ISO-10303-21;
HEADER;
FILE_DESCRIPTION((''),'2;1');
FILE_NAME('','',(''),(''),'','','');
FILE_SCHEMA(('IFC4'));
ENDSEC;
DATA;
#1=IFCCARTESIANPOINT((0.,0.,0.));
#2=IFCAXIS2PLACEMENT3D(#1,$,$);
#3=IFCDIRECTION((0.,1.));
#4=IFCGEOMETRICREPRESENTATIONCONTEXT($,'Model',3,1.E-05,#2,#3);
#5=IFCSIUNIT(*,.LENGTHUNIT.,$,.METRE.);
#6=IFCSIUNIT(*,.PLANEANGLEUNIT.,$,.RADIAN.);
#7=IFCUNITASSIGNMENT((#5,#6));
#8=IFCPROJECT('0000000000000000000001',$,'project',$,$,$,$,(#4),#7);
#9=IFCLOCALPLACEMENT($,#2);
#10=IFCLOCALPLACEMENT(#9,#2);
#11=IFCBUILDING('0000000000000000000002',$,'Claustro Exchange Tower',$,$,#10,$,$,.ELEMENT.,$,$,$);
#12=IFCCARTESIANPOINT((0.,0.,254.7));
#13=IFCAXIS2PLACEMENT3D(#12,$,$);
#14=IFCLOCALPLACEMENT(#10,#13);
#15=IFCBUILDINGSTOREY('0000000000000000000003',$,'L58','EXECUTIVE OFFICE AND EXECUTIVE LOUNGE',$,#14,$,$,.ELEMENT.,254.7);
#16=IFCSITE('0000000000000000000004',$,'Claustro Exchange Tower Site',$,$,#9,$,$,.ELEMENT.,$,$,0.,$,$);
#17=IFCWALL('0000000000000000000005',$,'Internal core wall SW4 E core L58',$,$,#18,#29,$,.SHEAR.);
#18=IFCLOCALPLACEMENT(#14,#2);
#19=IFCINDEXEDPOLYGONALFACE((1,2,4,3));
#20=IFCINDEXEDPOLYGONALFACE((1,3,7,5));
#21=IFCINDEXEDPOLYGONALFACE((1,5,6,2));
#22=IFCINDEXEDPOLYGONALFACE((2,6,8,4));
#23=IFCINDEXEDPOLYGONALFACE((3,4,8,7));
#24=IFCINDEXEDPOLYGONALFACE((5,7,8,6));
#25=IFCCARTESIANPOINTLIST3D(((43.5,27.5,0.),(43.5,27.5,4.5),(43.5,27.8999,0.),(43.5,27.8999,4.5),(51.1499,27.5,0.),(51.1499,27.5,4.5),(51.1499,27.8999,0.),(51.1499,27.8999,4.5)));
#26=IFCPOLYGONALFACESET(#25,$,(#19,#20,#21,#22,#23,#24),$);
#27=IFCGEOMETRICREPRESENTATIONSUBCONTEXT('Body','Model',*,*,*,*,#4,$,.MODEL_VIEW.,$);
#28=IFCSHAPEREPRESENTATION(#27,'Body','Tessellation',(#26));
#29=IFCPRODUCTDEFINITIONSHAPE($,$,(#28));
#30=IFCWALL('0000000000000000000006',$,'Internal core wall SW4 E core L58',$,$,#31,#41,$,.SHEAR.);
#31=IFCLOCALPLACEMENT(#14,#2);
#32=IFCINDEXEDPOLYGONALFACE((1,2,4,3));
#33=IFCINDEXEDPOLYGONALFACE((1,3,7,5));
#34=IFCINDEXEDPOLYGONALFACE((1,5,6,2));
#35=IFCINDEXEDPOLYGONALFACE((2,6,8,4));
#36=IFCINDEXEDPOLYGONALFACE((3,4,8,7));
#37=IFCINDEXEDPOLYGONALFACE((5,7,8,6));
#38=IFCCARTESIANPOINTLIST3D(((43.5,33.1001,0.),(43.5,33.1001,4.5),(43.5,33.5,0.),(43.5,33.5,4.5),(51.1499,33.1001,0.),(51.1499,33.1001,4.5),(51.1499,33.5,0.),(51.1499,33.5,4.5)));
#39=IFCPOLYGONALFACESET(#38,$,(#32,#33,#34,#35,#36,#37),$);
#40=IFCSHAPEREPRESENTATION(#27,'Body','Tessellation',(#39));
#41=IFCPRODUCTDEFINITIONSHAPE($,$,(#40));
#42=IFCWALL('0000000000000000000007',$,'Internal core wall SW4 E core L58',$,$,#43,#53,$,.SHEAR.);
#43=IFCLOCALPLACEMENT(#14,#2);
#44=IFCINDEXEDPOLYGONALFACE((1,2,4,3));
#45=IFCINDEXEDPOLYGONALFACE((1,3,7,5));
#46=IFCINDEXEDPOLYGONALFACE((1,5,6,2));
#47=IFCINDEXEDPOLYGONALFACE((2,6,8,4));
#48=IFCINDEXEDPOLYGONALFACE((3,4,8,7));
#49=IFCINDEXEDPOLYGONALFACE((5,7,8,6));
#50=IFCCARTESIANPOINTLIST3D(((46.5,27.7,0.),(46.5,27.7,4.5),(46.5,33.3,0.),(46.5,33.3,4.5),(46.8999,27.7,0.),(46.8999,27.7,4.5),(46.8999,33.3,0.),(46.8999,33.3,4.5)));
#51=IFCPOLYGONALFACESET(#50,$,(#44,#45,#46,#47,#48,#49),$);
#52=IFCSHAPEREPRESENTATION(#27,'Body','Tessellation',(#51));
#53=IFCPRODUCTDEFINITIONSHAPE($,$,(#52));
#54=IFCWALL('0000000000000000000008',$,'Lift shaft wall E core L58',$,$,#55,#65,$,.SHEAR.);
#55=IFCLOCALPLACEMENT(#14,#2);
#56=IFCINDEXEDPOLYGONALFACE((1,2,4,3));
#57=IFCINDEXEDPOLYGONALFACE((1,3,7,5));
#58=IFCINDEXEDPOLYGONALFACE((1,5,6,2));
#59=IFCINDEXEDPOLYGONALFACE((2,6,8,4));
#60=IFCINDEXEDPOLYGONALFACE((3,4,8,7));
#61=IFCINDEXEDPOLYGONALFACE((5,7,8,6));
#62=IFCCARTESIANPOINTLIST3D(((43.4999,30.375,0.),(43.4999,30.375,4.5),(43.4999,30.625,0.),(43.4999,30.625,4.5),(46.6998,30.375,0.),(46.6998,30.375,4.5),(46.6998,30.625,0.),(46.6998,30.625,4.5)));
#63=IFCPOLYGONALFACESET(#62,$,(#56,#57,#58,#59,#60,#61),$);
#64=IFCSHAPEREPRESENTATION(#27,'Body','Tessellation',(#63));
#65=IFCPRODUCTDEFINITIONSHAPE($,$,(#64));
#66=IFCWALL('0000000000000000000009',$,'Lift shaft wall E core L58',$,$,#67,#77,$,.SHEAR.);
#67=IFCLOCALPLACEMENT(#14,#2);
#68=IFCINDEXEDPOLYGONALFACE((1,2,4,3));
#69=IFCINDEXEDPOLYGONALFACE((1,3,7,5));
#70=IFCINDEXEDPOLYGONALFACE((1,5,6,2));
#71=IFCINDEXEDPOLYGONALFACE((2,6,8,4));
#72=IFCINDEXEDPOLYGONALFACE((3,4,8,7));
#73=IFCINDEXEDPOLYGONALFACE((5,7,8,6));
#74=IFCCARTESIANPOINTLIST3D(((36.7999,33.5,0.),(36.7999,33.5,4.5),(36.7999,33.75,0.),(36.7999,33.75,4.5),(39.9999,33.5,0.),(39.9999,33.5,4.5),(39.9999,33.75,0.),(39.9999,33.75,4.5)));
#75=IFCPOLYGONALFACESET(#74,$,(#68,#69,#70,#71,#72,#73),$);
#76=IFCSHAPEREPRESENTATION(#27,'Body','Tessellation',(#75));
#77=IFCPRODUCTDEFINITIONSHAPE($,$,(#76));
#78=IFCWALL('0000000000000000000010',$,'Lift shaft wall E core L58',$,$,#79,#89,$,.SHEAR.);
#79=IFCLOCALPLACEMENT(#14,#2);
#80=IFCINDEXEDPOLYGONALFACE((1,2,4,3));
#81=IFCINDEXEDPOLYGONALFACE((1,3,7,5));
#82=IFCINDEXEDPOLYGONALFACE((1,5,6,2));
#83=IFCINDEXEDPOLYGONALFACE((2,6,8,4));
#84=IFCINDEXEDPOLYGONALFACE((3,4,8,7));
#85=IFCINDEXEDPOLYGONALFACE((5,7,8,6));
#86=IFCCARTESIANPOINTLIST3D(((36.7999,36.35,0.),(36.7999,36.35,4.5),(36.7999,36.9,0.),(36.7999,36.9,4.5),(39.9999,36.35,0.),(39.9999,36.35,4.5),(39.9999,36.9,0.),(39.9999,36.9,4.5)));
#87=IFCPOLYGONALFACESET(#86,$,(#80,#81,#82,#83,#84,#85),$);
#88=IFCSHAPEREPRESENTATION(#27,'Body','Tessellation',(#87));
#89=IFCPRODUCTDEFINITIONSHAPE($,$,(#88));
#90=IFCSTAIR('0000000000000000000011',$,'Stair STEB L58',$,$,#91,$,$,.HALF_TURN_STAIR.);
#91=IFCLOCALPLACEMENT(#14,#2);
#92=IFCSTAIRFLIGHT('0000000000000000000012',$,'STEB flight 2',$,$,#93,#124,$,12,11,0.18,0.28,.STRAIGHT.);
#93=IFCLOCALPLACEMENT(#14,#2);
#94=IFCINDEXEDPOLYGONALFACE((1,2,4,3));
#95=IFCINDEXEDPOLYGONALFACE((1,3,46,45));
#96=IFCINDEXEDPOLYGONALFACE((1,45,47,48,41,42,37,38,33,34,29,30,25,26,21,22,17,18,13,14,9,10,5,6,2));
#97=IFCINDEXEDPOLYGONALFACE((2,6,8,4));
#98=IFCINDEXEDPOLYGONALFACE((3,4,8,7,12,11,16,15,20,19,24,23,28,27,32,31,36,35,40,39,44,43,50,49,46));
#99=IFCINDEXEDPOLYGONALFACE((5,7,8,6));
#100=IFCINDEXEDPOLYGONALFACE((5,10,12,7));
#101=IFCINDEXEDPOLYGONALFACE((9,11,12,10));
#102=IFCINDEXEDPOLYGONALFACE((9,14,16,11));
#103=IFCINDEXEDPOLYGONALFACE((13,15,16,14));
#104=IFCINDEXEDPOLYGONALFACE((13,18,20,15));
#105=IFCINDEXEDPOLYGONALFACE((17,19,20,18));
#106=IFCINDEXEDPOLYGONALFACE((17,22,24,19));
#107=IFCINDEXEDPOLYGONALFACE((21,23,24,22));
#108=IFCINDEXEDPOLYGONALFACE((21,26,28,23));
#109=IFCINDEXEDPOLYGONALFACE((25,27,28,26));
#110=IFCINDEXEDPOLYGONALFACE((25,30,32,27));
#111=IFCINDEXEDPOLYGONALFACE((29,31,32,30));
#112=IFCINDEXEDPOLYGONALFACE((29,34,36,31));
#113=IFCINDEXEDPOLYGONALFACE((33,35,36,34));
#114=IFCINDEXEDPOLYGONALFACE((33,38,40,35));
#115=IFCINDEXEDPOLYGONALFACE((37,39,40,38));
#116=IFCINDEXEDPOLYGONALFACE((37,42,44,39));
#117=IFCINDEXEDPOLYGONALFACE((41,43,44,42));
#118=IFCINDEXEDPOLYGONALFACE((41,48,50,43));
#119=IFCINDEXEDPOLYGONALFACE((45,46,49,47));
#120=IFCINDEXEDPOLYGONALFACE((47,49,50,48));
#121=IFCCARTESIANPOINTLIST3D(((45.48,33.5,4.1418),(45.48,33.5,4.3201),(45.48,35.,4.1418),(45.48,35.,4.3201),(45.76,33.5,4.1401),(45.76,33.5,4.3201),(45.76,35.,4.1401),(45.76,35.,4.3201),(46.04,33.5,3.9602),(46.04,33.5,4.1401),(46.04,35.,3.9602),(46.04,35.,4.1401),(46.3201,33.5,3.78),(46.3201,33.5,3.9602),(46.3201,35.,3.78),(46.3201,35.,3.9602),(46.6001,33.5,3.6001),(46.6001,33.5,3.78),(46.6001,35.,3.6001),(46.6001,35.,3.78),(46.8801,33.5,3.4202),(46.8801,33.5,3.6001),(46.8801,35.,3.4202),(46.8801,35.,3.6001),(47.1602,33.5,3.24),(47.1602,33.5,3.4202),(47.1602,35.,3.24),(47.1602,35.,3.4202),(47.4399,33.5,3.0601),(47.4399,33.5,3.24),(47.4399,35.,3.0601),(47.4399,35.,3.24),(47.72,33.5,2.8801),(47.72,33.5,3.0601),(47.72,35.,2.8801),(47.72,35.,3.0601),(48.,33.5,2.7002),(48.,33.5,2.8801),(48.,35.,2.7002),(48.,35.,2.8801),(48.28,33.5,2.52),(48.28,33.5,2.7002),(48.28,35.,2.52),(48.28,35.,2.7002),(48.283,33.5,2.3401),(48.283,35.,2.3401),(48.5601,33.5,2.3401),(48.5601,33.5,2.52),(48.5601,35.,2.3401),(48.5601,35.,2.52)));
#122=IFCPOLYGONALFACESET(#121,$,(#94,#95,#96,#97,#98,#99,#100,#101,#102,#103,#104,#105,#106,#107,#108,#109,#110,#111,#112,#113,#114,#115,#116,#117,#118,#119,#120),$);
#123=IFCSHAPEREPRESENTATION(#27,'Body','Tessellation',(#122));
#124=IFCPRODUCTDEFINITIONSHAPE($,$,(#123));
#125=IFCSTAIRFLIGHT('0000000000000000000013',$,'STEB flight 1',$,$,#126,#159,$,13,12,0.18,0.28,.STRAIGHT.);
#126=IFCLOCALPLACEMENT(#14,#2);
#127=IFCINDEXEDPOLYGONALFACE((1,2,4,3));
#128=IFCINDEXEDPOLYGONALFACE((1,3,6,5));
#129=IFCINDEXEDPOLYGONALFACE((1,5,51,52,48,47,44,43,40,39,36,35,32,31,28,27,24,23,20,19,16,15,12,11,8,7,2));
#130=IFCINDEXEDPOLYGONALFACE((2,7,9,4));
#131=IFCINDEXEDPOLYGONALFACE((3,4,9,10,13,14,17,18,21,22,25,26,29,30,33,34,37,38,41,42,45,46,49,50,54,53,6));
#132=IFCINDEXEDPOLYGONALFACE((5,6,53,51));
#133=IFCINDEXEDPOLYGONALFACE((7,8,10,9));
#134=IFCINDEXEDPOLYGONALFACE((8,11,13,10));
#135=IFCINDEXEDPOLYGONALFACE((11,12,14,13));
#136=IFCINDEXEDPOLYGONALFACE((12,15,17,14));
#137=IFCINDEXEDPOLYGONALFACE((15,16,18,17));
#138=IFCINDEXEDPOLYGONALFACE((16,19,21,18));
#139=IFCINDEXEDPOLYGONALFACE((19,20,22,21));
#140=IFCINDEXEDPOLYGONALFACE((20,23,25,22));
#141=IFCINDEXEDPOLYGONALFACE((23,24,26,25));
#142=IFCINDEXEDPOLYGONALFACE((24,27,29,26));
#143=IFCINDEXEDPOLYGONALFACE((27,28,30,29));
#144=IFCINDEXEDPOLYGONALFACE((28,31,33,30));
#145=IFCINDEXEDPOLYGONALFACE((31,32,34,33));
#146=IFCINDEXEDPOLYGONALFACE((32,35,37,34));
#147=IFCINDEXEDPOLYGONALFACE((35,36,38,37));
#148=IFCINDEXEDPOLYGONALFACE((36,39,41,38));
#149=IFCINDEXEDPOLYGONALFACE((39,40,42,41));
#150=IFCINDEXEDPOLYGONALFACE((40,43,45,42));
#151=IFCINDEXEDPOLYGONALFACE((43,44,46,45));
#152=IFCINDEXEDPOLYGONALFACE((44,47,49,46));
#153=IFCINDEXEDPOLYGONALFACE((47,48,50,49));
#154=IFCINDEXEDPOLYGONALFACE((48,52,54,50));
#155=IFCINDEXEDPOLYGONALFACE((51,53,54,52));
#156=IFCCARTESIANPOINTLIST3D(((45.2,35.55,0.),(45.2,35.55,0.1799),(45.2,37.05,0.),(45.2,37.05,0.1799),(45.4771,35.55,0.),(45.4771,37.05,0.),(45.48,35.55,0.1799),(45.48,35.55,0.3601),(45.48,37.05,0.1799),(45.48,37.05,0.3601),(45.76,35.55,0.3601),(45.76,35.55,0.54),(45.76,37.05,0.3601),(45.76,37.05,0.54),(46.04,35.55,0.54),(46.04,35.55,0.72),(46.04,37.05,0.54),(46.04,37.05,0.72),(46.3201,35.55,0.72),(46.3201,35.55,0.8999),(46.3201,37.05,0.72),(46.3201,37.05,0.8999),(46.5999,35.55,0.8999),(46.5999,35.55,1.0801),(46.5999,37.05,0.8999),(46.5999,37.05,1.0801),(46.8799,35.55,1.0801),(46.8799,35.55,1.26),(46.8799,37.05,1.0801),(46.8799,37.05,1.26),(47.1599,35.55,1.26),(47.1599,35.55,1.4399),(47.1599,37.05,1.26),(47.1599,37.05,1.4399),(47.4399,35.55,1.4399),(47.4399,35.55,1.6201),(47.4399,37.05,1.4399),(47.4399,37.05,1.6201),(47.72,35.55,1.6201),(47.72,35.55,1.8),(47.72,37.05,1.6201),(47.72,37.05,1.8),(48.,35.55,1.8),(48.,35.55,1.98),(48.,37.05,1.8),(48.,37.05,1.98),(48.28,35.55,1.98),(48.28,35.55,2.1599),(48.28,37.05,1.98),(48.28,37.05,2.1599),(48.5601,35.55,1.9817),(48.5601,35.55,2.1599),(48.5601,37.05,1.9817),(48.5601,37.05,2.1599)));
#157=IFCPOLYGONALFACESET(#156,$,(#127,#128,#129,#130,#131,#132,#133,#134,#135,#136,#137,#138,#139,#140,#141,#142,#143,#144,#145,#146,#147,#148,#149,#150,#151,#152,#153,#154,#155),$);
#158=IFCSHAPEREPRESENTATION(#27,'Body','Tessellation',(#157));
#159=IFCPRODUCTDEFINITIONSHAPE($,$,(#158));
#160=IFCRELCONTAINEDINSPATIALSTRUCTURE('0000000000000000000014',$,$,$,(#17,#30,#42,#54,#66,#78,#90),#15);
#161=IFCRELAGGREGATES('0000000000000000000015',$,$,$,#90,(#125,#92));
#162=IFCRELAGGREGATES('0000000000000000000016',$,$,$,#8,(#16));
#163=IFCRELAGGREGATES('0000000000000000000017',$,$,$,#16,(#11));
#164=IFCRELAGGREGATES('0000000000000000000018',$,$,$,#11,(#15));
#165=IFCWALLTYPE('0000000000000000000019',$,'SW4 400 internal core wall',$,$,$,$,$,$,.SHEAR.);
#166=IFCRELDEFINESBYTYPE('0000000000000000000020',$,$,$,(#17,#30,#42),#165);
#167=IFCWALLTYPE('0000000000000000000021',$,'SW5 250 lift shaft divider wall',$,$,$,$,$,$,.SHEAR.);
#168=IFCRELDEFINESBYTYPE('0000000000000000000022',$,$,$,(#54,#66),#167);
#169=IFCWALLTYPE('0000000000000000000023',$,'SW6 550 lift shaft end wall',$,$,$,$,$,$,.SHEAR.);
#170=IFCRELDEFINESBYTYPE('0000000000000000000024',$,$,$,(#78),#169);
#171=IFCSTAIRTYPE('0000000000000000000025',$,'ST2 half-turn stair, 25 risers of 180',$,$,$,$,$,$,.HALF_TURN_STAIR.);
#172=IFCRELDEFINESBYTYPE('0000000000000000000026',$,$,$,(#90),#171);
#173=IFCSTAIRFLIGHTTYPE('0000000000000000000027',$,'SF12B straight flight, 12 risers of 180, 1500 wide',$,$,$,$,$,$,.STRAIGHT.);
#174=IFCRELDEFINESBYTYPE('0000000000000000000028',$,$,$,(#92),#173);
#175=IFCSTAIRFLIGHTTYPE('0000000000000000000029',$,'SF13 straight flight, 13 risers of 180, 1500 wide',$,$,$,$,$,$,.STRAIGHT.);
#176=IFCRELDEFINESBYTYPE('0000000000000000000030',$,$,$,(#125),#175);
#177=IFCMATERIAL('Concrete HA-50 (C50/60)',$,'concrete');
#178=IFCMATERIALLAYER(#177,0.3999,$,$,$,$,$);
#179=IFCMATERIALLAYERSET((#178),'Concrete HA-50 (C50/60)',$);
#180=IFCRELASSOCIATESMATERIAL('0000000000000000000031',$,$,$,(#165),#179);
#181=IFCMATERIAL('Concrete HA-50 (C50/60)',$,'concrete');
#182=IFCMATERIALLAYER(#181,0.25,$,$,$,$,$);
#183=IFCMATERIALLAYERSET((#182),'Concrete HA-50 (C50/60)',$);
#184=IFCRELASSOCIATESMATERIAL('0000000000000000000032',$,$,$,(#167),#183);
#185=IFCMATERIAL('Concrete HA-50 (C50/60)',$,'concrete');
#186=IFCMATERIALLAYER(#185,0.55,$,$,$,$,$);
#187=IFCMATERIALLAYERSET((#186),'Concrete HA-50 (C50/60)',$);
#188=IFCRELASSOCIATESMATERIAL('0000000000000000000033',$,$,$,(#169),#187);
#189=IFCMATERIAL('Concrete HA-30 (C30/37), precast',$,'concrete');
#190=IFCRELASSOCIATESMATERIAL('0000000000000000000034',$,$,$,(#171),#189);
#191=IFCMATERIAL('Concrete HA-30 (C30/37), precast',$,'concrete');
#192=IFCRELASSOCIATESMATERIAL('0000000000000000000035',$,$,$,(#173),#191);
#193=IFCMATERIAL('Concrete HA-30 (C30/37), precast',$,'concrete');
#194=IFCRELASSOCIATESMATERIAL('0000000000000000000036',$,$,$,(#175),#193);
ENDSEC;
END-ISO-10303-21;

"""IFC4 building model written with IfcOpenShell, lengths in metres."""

from ifc_helpers import new_model, si_unit, direction, frame, frame_2d, origin, place, context, subcontext, project, spatial, polyline, rectangle, outline, extrude, material, layer, layer_set, type_object, element, aggregate, save


model = new_model("IFC4")

# Units and contexts
model_context = context("Model", 3, precision=1e-05, world=origin(), true_north=direction((0.0, 1.0)))
body_context = subcontext(model_context, "Body", "Model", "MODEL_VIEW")
ifc_project = project(units=[si_unit("LENGTHUNIT", "METRE"), si_unit("PLANEANGLEUNIT", "RADIAN")], contexts=[model_context])

# Site, building, storey
site_placement = place(None, origin())
site = spatial("IfcSite", under=ifc_project, at=site_placement, Name="Claustro Exchange Tower Site", CompositionType="ELEMENT", RefElevation=0.0)
building_placement = place(site_placement, origin())
building = spatial("IfcBuilding", under=site, at=building_placement, Name="Claustro Exchange Tower", CompositionType="ELEMENT")
storey_placement = place(building_placement, frame((0.0, 0.0, 254.7)))
storey = spatial("IfcBuildingStorey", under=building, at=storey_placement, Name="L58", Description="EXECUTIVE OFFICE AND EXECUTIVE LOUNGE", CompositionType="ELEMENT", Elevation=254.7)

# Walls
ifc_material_1 = material(Name="Concrete HA-50 (C50/60)", Category="concrete")
ifc_layer_1 = layer(ifc_material_1, 0.3999)
ifc_layer_set_1 = layer_set([ifc_layer_1], Name="Concrete HA-50 (C50/60)")
wall_type_1 = type_object("IfcWallType", Name="SW4 400 internal core wall", PredefinedType="SHEAR", material=ifc_layer_set_1)
for number, where, z_axis, x_axis, name in (
    (1, (51.1499, 27.7, 0.0), (0.0, 0.0, 1.0), (-1.0, 0.0, 0.0), "Internal core wall SW4 E core L58"),
    (2, (51.1499, 33.3, 0.0), (0.0, 0.0, 1.0), (-1.0, 0.0, 0.0), "Internal core wall SW4 E core L58"),
):
    element("IfcWall", number, at=place(storey_placement, frame(where, z_axis=z_axis, x_axis=x_axis)), inside=storey, type_object=wall_type_1, Name=name, PredefinedType="SHEAR", context=body_context, shape_type="SweptSolid", body=[
        extrude(rectangle(XDim=7.6499, YDim=0.3999, at=frame_2d((3.825, 0.0))), origin(), (0.0, 0.0, 1.0), 4.5),
    ])
wall_1_placement = place(storey_placement, frame((46.7, 27.7, 0.0), z_axis=(0.0, 0.0, 1.0), x_axis=(0.0, 1.0, 0.0)))
element("IfcWall", 3, at=wall_1_placement, inside=storey, type_object=wall_type_1, Name="Internal core wall SW4 E core L58", PredefinedType="SHEAR", context=body_context, shape_type="SweptSolid", body=[
    extrude(rectangle(XDim=5.6001, YDim=0.3999, at=frame_2d((2.8, 0.0))), origin(), (0.0, 0.0, 1.0), 4.5),
])
ifc_material_2 = material(Name="Concrete HA-50 (C50/60)", Category="concrete")
ifc_layer_2 = layer(ifc_material_2, 0.25)
ifc_layer_set_2 = layer_set([ifc_layer_2], Name="Concrete HA-50 (C50/60)")
wall_type_2 = type_object("IfcWallType", Name="SW5 250 lift shaft divider wall", PredefinedType="SHEAR", material=ifc_layer_set_2)
for number, where, z_axis, x_axis, name in (
    (4, (46.7, 30.5, 0.0), (0.0, 0.0, 1.0), (-1.0, 0.0, 0.0), "Lift shaft wall E core L58"),
    (5, (40.0, 33.625, 0.0), (0.0, 0.0, 1.0), (-1.0, 0.0, 0.0), "Lift shaft wall E core L58"),
):
    element("IfcWall", number, at=place(storey_placement, frame(where, z_axis=z_axis, x_axis=x_axis)), inside=storey, type_object=wall_type_2, Name=name, PredefinedType="SHEAR", context=body_context, shape_type="SweptSolid", body=[
        extrude(rectangle(XDim=3.2, YDim=0.25, at=frame_2d((1.6001, 0.0))), origin(), (0.0, 0.0, 1.0), 4.5),
    ])
ifc_material_3 = material(Name="Concrete HA-50 (C50/60)", Category="concrete")
ifc_layer_3 = layer(ifc_material_3, 0.55)
ifc_layer_set_3 = layer_set([ifc_layer_3], Name="Concrete HA-50 (C50/60)")
wall_type_3 = type_object("IfcWallType", Name="SW6 550 lift shaft end wall", PredefinedType="SHEAR", material=ifc_layer_set_3)
wall_2_placement = place(storey_placement, frame((40.0, 36.625, 0.0), z_axis=(0.0, 0.0, 1.0), x_axis=(-1.0, 0.0, 0.0)))
element("IfcWall", 6, at=wall_2_placement, inside=storey, type_object=wall_type_3, Name="Lift shaft wall E core L58", PredefinedType="SHEAR", context=body_context, shape_type="SweptSolid", body=[
    extrude(rectangle(XDim=3.2, YDim=0.55, at=frame_2d((1.6001, 0.0))), origin(), (0.0, 0.0, 1.0), 4.5),
])

# Stair, stair flights
ifc_material_4 = material(Name="Concrete HA-30 (C30/37), precast", Category="concrete")
stair_type = type_object("IfcStairType", Name="ST2 half-turn stair, 25 risers of 180", PredefinedType="HALF_TURN_STAIR", material=ifc_material_4)
stair_placement = place(storey_placement, origin())
stair = element("IfcStair", 7, at=stair_placement, inside=storey, type_object=stair_type, Name="Stair STEB L58", PredefinedType="HALF_TURN_STAIR")
ifc_material_5 = material(Name="Concrete HA-30 (C30/37), precast", Category="concrete")
stair_flight_type_1 = type_object("IfcStairFlightType", Name="SF12B straight flight, 12 risers of 180, 1500 wide", PredefinedType="STRAIGHT", material=ifc_material_5)
stair_flight_1_placement = place(storey_placement, frame((48.5601, 34.25, 2.3401), z_axis=(0.0, 0.0, 1.0), x_axis=(-1.0, 0.0, 0.0)))
stair_flight_1 = element("IfcStairFlight", 8, at=stair_flight_1_placement, type_object=stair_flight_type_1, Name="STEB flight 2", NumberOfRisers=12, NumberOfTreads=11, PredefinedType="STRAIGHT", RiserHeight=0.18, TreadLength=0.28, context=body_context, shape_type="SweptSolid", body=[
    extrude(outline(polyline([(0.0, 0.0), (0.0, 0.1799), (0.28, 0.1799), (0.28, 0.3601), (0.5601, 0.3601), (0.5601, 0.54), (0.8401, 0.54), (0.8401, 0.72), (1.1201, 0.72), (1.1201, 0.8999), (1.3999, 0.8999), (1.3999, 1.0801), (1.6799, 1.0801), (1.6799, 1.26), (1.96, 1.26), (1.96, 1.4399), (2.24, 1.4399), (2.24, 1.6201), (2.52, 1.6201), (2.52, 1.8), (2.8, 1.8), (2.8, 1.98), (3.0801, 1.98), (3.0801, 2.1599), (3.0801, 1.8018), (0.2771, 0.0), (0.0, 0.0)])), frame((0.0, 0.75, 0.0), z_axis=(0.0, -1.0, 0.0), x_axis=(1.0, 0.0, 0.0)), (0.0, 0.0, 1.0), 1.5),
])
ifc_material_6 = material(Name="Concrete HA-30 (C30/37), precast", Category="concrete")
stair_flight_type_2 = type_object("IfcStairFlightType", Name="SF13 straight flight, 13 risers of 180, 1500 wide", PredefinedType="STRAIGHT", material=ifc_material_6)
stair_flight_2_placement = place(storey_placement, frame((45.2, 36.3, 0.0), z_axis=(0.0, 0.0, 1.0), x_axis=(1.0, 0.0, 0.0)))
stair_flight_2 = element("IfcStairFlight", 9, at=stair_flight_2_placement, type_object=stair_flight_type_2, Name="STEB flight 1", NumberOfRisers=13, NumberOfTreads=12, PredefinedType="STRAIGHT", RiserHeight=0.18, TreadLength=0.28, context=body_context, shape_type="SweptSolid", body=[
    extrude(outline(polyline([(0.0, 0.0), (0.0, 0.1799), (0.28, 0.1799), (0.28, 0.3601), (0.5601, 0.3601), (0.5601, 0.54), (0.8401, 0.54), (0.8401, 0.72), (1.1201, 0.72), (1.1201, 0.8999), (1.3999, 0.8999), (1.3999, 1.0801), (1.6799, 1.0801), (1.6799, 1.26), (1.96, 1.26), (1.96, 1.4399), (2.24, 1.4399), (2.24, 1.6201), (2.52, 1.6201), (2.52, 1.8), (2.8, 1.8), (2.8, 1.98), (3.0801, 1.98), (3.0801, 2.1599), (3.3601, 2.1599), (3.3601, 2.3401), (3.3601, 1.9817), (0.2771, 0.0), (0.0, 0.0)])), frame((0.0, 0.75, 0.0), z_axis=(0.0, -1.0, 0.0), x_axis=(1.0, 0.0, 0.0)), (0.0, 0.0, 1.0), 1.5),
])
aggregate(stair, [stair_flight_2, stair_flight_1])

save(model, "model.ifc")
